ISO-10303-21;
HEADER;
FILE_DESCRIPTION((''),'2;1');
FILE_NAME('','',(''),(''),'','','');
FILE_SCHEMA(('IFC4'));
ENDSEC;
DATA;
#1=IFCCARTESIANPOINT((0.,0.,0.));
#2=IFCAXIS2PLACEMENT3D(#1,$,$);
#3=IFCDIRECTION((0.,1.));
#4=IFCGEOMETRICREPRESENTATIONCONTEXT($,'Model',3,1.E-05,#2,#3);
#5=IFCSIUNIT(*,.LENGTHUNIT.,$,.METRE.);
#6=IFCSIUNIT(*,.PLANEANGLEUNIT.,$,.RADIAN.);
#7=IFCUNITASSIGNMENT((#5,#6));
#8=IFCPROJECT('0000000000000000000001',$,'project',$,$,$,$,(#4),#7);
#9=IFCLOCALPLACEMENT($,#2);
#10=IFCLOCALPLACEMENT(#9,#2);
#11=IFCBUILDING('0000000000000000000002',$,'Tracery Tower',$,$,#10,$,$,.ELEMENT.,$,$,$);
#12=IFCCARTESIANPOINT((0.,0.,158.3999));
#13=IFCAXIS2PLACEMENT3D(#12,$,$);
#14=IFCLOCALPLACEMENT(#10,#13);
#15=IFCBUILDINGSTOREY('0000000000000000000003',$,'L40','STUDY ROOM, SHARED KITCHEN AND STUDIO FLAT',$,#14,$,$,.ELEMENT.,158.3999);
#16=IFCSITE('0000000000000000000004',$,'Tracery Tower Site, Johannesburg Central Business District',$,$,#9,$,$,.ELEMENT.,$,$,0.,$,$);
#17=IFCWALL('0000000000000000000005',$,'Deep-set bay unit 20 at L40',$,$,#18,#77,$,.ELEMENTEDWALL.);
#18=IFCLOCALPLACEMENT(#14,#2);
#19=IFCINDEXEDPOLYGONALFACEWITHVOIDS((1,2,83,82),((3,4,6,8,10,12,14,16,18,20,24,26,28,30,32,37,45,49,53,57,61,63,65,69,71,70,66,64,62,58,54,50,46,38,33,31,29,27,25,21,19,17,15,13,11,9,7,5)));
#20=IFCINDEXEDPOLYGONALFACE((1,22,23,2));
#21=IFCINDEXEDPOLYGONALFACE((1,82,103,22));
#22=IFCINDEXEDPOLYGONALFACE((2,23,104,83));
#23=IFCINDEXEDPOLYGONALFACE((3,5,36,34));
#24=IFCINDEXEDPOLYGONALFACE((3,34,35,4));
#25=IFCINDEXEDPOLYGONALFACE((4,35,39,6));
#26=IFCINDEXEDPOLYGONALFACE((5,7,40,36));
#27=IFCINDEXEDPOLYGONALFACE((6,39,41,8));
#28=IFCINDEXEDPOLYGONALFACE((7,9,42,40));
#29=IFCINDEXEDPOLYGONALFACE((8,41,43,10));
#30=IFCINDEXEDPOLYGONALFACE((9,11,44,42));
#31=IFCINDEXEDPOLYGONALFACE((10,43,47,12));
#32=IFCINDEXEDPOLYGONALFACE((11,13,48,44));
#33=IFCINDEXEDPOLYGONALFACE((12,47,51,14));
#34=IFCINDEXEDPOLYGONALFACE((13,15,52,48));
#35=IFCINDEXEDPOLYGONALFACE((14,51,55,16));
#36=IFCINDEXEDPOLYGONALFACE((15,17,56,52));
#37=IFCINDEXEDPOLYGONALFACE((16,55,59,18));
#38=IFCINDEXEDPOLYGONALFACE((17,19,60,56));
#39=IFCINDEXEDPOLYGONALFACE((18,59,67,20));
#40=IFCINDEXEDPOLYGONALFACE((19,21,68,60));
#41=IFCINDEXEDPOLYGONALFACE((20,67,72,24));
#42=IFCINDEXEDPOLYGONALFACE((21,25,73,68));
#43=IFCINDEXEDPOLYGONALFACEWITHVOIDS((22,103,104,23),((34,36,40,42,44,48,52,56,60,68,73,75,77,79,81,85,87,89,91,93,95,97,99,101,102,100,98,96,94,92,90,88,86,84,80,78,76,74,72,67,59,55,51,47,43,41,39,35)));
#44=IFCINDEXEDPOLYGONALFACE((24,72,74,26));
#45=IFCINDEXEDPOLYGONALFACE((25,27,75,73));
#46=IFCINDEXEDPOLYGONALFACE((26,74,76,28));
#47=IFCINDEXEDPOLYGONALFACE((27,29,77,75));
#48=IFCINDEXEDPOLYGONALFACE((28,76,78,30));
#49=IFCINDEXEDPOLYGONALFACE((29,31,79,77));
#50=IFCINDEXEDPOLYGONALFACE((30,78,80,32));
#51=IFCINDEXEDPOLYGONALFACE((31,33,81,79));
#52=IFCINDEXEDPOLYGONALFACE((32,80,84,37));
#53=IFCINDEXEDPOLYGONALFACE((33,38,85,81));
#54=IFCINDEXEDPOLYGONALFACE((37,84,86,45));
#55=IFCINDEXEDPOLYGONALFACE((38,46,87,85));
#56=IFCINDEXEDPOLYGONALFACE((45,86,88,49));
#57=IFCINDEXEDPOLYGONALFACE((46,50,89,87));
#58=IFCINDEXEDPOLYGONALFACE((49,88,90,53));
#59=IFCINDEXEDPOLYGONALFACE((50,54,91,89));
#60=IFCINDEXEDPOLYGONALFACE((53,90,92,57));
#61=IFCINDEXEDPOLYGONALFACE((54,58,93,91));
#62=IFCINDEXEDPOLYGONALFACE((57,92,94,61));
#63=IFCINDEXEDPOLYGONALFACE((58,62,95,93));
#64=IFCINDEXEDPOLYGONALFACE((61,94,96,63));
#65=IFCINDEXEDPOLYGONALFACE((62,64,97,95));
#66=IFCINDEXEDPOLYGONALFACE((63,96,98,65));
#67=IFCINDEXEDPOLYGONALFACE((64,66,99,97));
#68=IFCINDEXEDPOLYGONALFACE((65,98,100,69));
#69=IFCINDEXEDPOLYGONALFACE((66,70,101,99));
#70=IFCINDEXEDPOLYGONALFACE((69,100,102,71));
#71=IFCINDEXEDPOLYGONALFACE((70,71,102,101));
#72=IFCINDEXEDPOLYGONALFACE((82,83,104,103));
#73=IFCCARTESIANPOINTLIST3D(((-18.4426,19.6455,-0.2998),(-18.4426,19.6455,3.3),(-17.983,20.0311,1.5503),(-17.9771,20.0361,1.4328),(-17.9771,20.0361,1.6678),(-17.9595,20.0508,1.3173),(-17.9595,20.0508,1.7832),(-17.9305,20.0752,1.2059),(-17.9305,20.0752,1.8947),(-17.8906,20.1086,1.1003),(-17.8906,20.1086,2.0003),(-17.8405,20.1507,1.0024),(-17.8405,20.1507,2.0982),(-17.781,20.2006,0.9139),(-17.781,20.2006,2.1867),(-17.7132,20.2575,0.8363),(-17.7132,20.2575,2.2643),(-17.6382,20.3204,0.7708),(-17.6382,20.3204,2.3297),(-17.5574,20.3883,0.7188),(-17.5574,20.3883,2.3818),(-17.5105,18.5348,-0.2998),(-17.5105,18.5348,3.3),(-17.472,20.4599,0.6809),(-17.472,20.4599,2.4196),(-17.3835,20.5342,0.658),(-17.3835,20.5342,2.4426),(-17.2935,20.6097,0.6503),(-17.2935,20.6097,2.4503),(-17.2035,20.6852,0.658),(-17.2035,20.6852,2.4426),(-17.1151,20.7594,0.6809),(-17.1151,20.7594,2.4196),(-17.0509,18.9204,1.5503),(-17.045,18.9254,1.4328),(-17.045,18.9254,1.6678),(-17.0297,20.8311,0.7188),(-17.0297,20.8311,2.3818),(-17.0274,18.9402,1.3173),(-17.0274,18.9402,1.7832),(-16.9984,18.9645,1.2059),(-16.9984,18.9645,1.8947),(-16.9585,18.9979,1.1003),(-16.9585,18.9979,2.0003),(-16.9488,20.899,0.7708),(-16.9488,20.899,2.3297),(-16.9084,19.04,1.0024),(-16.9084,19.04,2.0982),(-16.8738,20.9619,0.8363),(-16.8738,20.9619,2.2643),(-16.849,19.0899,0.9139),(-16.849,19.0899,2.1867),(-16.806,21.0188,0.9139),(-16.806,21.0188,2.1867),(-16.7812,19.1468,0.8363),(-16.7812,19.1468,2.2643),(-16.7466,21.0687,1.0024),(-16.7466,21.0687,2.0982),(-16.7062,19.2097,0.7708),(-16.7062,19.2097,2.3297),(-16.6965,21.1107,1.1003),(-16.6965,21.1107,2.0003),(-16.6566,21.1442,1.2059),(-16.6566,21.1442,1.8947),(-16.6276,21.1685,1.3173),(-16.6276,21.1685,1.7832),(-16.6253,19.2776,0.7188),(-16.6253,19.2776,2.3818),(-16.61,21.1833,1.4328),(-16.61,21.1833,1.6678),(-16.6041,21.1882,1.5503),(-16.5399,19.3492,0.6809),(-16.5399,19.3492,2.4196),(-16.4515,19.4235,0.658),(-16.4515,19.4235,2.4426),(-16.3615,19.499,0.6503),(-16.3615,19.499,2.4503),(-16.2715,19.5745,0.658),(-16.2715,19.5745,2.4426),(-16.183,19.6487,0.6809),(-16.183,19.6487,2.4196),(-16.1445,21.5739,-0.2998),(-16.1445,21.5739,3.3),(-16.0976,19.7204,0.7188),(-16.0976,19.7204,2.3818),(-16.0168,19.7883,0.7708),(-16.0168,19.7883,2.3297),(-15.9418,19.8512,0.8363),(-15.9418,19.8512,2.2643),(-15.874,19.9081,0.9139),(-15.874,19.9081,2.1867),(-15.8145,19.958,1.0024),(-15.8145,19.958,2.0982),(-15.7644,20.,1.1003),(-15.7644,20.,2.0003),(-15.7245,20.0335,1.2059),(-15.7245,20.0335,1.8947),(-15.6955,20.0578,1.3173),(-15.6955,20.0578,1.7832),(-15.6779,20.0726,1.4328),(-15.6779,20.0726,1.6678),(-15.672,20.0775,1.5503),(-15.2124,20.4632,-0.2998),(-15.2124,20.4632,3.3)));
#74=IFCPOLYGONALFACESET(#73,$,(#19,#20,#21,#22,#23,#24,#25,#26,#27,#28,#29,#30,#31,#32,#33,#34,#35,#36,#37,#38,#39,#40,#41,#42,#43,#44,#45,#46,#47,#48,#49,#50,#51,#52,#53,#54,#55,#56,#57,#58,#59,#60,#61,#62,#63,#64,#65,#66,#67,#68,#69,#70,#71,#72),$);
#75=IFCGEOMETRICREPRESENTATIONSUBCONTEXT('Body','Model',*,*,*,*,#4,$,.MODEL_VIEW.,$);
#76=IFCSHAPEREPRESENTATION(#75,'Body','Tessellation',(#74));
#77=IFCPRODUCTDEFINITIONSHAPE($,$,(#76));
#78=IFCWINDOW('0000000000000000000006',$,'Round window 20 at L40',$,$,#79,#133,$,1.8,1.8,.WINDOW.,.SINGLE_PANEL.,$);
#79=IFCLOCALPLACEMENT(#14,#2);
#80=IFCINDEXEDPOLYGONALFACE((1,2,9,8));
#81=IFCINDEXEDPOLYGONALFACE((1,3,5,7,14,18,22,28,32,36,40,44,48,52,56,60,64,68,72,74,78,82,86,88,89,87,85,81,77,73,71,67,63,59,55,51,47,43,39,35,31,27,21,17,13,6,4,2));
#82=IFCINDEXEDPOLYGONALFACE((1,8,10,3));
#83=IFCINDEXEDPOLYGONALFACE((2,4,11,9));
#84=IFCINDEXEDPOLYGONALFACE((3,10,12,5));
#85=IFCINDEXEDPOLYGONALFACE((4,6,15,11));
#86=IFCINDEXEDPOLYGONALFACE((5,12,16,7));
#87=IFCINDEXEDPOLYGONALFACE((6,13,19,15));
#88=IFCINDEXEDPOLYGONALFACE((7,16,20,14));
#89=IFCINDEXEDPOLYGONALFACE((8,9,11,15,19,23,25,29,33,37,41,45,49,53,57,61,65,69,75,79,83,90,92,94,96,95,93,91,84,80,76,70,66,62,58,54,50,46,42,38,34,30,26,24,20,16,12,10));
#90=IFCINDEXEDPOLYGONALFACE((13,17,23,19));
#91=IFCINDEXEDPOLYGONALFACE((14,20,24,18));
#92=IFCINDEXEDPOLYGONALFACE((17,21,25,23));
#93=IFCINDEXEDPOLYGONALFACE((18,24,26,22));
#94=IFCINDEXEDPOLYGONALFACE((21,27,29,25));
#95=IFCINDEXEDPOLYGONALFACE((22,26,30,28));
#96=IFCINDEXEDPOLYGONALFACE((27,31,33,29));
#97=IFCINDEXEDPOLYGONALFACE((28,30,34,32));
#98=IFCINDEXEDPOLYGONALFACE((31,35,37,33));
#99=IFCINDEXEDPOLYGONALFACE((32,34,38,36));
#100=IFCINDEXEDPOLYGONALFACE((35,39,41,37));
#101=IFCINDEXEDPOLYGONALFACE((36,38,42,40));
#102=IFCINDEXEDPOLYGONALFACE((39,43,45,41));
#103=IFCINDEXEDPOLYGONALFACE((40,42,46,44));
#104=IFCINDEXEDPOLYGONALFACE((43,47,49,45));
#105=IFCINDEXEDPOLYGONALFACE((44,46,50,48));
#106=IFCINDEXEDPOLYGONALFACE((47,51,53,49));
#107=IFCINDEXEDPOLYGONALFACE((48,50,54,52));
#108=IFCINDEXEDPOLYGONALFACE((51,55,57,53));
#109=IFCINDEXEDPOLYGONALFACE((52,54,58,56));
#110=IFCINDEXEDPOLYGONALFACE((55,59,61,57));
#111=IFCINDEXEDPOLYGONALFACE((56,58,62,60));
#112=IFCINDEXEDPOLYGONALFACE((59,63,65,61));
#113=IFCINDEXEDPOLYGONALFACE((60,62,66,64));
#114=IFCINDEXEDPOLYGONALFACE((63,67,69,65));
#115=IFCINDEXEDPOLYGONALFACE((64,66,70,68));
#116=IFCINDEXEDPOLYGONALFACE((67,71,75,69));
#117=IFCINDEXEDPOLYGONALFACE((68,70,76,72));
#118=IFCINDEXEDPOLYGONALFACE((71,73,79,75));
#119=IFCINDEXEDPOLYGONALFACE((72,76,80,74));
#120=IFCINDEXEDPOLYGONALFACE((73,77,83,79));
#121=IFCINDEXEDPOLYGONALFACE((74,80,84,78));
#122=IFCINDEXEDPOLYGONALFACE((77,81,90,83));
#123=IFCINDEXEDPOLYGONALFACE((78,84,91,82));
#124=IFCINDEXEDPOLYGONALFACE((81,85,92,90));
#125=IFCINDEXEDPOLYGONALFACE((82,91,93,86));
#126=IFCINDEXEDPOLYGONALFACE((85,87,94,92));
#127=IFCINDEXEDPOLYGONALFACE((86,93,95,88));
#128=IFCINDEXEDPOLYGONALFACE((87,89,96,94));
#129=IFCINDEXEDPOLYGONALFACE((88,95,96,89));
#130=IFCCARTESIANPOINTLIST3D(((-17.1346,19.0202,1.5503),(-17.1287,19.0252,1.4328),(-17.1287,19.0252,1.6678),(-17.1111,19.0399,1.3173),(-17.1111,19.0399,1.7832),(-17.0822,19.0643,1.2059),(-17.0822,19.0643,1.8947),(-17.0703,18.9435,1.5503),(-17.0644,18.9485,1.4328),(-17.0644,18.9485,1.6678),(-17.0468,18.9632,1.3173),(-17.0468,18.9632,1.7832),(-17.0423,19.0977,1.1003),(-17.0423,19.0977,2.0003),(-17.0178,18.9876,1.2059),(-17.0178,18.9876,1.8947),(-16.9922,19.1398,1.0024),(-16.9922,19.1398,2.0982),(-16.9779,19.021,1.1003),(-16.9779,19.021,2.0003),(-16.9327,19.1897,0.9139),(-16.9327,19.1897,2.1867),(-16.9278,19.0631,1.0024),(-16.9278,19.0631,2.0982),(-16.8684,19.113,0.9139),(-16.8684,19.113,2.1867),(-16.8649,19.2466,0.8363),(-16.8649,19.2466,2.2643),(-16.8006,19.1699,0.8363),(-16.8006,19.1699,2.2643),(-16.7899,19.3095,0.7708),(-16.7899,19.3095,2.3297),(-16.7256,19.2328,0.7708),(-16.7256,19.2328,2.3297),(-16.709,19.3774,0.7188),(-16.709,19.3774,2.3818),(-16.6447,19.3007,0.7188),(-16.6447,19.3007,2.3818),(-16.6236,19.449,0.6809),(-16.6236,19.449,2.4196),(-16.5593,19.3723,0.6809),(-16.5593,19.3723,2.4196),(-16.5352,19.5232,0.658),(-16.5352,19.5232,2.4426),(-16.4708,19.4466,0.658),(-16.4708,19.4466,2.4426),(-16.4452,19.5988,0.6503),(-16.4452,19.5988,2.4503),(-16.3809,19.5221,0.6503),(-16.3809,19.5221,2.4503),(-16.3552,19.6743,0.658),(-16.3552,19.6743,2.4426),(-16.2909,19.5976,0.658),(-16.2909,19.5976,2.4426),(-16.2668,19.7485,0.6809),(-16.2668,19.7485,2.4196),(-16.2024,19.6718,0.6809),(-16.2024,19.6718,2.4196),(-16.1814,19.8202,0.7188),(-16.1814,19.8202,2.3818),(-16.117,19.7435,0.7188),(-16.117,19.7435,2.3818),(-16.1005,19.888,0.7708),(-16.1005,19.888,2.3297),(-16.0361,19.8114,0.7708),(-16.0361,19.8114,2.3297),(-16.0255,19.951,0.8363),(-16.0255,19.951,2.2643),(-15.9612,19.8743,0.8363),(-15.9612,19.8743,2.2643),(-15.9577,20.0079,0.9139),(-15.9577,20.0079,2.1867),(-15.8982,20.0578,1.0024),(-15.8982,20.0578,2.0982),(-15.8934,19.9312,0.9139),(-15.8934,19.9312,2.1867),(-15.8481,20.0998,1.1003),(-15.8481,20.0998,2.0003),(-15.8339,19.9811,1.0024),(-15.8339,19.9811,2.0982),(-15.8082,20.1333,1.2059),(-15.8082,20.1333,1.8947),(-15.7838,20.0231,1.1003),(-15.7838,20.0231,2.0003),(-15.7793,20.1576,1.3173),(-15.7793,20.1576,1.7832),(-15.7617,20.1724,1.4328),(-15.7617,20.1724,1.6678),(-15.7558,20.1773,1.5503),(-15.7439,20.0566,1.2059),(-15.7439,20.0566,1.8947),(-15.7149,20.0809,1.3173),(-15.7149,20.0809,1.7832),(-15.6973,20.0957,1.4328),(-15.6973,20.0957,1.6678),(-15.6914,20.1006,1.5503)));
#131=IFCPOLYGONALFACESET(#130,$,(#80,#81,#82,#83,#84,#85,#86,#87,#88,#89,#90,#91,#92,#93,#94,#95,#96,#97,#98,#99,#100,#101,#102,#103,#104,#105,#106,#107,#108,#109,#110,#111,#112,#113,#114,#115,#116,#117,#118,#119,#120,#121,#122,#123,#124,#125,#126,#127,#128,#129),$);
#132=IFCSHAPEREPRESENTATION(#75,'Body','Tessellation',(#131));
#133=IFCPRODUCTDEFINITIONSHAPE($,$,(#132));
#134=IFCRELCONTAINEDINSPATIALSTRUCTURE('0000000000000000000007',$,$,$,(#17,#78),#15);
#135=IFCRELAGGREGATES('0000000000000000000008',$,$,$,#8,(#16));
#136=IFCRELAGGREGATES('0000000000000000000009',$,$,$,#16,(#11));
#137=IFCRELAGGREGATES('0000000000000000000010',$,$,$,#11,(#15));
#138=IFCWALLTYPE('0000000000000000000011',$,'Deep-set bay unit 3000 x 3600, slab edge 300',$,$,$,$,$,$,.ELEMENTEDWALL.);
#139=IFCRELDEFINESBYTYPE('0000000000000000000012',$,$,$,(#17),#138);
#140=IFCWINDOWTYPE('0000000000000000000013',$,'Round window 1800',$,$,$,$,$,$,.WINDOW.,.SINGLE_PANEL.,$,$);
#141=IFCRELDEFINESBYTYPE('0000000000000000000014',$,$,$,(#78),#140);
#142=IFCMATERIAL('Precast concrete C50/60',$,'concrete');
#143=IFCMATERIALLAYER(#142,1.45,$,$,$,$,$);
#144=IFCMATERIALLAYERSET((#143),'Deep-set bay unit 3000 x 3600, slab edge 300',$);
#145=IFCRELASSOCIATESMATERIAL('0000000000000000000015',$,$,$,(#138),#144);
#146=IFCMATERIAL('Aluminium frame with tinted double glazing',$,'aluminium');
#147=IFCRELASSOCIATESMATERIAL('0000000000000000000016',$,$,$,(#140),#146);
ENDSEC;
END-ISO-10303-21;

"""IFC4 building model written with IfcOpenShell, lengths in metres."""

from ifc_helpers import new_model, si_unit, direction, frame, frame_2d, origin, origin_2d, place, context, subcontext, project, spatial, rectangle, circle, extrude, material, layer, layer_set, type_object, element, fill, save


model = new_model("IFC4")

# Units and contexts
model_context = context("Model", 3, precision=1e-05, world=origin(), true_north=direction((0.0, 1.0)))
body_context = subcontext(model_context, "Body", "Model", "MODEL_VIEW")
ifc_project = project(units=[si_unit("LENGTHUNIT", "METRE"), si_unit("PLANEANGLEUNIT", "RADIAN")], contexts=[model_context])

# Site, building, storey
site_placement = place(None, origin())
site = spatial("IfcSite", under=ifc_project, at=site_placement, Name="Tracery Tower Site, Johannesburg Central Business District", CompositionType="ELEMENT", RefElevation=0.0)
building_placement = place(site_placement, origin())
building = spatial("IfcBuilding", under=site, at=building_placement, Name="Tracery Tower", CompositionType="ELEMENT")
storey_placement = place(building_placement, frame((0.0, 0.0, 158.3999)))
storey = spatial("IfcBuildingStorey", under=building, at=storey_placement, Name="L40", Description="STUDY ROOM, SHARED KITCHEN AND STUDIO FLAT", CompositionType="ELEMENT", Elevation=158.3999)

# Wall, opening, window
ifc_material_1 = material(Name="Precast concrete C50/60", Category="concrete")
ifc_layer_1 = layer(ifc_material_1, 1.45)
ifc_layer_set_1 = layer_set([ifc_layer_1], Name="Deep-set bay unit 3000 x 3600, slab edge 300")
wall_type_1 = type_object("IfcWallType", Name="Deep-set bay unit 3000 x 3600, slab edge 300", PredefinedType="ELEMENTEDWALL", material=ifc_layer_set_1)
wall_1_placement = place(storey_placement, frame((-15.6785, 21.0186, -0.2998), z_axis=(0.0, 0.0, 1.0), x_axis=(-0.766022, -0.642814, 0.0)))
wall_1 = element("IfcWall", 1, at=wall_1_placement, inside=storey, type_object=wall_type_1, Name="Deep-set bay unit 20 at L40", PredefinedType="ELEMENTEDWALL", context=body_context, shape_type="SweptSolid", body=[
    extrude(rectangle(XDim=3.0, YDim=1.45, at=frame_2d((1.5, 0.0))), origin(), (0.0, 0.0, 1.0), 3.5999),
])
opening_1_placement = place(wall_1_placement, frame((1.5, 0.0, 1.8501)))
opening_1 = element("IfcOpeningElement", 2, at=opening_1_placement, cuts=wall_1, PredefinedType="OPENING", context=body_context, shape_type="SweptSolid", body=[
    extrude(circle(Radius=0.9, at=origin_2d()), frame((0.0, 0.7349, 0.0), z_axis=(0.0, -1.0, 0.0), x_axis=(1.0, 0.0, 0.0)), (0.0, 0.0, 1.0), 1.47),
])
ifc_material_2 = material(Name="Aluminium frame with tinted double glazing", Category="aluminium")
window_type = type_object("IfcWindowType", Name="Round window 1800", PartitioningType="SINGLE_PANEL", PredefinedType="WINDOW", material=ifc_material_2)
window_1_placement = place(opening_1_placement, origin())
window_1 = element("IfcWindow", 3, at=window_1_placement, inside=storey, type_object=window_type, Name="Round window 20 at L40", OverallHeight=1.8, OverallWidth=1.8, PartitioningType="SINGLE_PANEL", PredefinedType="WINDOW", context=body_context, shape_type="SweptSolid", body=[
    extrude(circle(Radius=0.9, at=origin_2d()), frame((0.0, 0.6948, 0.0), z_axis=(0.0, -1.0, 0.0), x_axis=(1.0, 0.0, 0.0)), (0.0, 0.0, 1.0), 0.1001),
])
fill(opening_1, window_1)

save(model, "model.ifc")
